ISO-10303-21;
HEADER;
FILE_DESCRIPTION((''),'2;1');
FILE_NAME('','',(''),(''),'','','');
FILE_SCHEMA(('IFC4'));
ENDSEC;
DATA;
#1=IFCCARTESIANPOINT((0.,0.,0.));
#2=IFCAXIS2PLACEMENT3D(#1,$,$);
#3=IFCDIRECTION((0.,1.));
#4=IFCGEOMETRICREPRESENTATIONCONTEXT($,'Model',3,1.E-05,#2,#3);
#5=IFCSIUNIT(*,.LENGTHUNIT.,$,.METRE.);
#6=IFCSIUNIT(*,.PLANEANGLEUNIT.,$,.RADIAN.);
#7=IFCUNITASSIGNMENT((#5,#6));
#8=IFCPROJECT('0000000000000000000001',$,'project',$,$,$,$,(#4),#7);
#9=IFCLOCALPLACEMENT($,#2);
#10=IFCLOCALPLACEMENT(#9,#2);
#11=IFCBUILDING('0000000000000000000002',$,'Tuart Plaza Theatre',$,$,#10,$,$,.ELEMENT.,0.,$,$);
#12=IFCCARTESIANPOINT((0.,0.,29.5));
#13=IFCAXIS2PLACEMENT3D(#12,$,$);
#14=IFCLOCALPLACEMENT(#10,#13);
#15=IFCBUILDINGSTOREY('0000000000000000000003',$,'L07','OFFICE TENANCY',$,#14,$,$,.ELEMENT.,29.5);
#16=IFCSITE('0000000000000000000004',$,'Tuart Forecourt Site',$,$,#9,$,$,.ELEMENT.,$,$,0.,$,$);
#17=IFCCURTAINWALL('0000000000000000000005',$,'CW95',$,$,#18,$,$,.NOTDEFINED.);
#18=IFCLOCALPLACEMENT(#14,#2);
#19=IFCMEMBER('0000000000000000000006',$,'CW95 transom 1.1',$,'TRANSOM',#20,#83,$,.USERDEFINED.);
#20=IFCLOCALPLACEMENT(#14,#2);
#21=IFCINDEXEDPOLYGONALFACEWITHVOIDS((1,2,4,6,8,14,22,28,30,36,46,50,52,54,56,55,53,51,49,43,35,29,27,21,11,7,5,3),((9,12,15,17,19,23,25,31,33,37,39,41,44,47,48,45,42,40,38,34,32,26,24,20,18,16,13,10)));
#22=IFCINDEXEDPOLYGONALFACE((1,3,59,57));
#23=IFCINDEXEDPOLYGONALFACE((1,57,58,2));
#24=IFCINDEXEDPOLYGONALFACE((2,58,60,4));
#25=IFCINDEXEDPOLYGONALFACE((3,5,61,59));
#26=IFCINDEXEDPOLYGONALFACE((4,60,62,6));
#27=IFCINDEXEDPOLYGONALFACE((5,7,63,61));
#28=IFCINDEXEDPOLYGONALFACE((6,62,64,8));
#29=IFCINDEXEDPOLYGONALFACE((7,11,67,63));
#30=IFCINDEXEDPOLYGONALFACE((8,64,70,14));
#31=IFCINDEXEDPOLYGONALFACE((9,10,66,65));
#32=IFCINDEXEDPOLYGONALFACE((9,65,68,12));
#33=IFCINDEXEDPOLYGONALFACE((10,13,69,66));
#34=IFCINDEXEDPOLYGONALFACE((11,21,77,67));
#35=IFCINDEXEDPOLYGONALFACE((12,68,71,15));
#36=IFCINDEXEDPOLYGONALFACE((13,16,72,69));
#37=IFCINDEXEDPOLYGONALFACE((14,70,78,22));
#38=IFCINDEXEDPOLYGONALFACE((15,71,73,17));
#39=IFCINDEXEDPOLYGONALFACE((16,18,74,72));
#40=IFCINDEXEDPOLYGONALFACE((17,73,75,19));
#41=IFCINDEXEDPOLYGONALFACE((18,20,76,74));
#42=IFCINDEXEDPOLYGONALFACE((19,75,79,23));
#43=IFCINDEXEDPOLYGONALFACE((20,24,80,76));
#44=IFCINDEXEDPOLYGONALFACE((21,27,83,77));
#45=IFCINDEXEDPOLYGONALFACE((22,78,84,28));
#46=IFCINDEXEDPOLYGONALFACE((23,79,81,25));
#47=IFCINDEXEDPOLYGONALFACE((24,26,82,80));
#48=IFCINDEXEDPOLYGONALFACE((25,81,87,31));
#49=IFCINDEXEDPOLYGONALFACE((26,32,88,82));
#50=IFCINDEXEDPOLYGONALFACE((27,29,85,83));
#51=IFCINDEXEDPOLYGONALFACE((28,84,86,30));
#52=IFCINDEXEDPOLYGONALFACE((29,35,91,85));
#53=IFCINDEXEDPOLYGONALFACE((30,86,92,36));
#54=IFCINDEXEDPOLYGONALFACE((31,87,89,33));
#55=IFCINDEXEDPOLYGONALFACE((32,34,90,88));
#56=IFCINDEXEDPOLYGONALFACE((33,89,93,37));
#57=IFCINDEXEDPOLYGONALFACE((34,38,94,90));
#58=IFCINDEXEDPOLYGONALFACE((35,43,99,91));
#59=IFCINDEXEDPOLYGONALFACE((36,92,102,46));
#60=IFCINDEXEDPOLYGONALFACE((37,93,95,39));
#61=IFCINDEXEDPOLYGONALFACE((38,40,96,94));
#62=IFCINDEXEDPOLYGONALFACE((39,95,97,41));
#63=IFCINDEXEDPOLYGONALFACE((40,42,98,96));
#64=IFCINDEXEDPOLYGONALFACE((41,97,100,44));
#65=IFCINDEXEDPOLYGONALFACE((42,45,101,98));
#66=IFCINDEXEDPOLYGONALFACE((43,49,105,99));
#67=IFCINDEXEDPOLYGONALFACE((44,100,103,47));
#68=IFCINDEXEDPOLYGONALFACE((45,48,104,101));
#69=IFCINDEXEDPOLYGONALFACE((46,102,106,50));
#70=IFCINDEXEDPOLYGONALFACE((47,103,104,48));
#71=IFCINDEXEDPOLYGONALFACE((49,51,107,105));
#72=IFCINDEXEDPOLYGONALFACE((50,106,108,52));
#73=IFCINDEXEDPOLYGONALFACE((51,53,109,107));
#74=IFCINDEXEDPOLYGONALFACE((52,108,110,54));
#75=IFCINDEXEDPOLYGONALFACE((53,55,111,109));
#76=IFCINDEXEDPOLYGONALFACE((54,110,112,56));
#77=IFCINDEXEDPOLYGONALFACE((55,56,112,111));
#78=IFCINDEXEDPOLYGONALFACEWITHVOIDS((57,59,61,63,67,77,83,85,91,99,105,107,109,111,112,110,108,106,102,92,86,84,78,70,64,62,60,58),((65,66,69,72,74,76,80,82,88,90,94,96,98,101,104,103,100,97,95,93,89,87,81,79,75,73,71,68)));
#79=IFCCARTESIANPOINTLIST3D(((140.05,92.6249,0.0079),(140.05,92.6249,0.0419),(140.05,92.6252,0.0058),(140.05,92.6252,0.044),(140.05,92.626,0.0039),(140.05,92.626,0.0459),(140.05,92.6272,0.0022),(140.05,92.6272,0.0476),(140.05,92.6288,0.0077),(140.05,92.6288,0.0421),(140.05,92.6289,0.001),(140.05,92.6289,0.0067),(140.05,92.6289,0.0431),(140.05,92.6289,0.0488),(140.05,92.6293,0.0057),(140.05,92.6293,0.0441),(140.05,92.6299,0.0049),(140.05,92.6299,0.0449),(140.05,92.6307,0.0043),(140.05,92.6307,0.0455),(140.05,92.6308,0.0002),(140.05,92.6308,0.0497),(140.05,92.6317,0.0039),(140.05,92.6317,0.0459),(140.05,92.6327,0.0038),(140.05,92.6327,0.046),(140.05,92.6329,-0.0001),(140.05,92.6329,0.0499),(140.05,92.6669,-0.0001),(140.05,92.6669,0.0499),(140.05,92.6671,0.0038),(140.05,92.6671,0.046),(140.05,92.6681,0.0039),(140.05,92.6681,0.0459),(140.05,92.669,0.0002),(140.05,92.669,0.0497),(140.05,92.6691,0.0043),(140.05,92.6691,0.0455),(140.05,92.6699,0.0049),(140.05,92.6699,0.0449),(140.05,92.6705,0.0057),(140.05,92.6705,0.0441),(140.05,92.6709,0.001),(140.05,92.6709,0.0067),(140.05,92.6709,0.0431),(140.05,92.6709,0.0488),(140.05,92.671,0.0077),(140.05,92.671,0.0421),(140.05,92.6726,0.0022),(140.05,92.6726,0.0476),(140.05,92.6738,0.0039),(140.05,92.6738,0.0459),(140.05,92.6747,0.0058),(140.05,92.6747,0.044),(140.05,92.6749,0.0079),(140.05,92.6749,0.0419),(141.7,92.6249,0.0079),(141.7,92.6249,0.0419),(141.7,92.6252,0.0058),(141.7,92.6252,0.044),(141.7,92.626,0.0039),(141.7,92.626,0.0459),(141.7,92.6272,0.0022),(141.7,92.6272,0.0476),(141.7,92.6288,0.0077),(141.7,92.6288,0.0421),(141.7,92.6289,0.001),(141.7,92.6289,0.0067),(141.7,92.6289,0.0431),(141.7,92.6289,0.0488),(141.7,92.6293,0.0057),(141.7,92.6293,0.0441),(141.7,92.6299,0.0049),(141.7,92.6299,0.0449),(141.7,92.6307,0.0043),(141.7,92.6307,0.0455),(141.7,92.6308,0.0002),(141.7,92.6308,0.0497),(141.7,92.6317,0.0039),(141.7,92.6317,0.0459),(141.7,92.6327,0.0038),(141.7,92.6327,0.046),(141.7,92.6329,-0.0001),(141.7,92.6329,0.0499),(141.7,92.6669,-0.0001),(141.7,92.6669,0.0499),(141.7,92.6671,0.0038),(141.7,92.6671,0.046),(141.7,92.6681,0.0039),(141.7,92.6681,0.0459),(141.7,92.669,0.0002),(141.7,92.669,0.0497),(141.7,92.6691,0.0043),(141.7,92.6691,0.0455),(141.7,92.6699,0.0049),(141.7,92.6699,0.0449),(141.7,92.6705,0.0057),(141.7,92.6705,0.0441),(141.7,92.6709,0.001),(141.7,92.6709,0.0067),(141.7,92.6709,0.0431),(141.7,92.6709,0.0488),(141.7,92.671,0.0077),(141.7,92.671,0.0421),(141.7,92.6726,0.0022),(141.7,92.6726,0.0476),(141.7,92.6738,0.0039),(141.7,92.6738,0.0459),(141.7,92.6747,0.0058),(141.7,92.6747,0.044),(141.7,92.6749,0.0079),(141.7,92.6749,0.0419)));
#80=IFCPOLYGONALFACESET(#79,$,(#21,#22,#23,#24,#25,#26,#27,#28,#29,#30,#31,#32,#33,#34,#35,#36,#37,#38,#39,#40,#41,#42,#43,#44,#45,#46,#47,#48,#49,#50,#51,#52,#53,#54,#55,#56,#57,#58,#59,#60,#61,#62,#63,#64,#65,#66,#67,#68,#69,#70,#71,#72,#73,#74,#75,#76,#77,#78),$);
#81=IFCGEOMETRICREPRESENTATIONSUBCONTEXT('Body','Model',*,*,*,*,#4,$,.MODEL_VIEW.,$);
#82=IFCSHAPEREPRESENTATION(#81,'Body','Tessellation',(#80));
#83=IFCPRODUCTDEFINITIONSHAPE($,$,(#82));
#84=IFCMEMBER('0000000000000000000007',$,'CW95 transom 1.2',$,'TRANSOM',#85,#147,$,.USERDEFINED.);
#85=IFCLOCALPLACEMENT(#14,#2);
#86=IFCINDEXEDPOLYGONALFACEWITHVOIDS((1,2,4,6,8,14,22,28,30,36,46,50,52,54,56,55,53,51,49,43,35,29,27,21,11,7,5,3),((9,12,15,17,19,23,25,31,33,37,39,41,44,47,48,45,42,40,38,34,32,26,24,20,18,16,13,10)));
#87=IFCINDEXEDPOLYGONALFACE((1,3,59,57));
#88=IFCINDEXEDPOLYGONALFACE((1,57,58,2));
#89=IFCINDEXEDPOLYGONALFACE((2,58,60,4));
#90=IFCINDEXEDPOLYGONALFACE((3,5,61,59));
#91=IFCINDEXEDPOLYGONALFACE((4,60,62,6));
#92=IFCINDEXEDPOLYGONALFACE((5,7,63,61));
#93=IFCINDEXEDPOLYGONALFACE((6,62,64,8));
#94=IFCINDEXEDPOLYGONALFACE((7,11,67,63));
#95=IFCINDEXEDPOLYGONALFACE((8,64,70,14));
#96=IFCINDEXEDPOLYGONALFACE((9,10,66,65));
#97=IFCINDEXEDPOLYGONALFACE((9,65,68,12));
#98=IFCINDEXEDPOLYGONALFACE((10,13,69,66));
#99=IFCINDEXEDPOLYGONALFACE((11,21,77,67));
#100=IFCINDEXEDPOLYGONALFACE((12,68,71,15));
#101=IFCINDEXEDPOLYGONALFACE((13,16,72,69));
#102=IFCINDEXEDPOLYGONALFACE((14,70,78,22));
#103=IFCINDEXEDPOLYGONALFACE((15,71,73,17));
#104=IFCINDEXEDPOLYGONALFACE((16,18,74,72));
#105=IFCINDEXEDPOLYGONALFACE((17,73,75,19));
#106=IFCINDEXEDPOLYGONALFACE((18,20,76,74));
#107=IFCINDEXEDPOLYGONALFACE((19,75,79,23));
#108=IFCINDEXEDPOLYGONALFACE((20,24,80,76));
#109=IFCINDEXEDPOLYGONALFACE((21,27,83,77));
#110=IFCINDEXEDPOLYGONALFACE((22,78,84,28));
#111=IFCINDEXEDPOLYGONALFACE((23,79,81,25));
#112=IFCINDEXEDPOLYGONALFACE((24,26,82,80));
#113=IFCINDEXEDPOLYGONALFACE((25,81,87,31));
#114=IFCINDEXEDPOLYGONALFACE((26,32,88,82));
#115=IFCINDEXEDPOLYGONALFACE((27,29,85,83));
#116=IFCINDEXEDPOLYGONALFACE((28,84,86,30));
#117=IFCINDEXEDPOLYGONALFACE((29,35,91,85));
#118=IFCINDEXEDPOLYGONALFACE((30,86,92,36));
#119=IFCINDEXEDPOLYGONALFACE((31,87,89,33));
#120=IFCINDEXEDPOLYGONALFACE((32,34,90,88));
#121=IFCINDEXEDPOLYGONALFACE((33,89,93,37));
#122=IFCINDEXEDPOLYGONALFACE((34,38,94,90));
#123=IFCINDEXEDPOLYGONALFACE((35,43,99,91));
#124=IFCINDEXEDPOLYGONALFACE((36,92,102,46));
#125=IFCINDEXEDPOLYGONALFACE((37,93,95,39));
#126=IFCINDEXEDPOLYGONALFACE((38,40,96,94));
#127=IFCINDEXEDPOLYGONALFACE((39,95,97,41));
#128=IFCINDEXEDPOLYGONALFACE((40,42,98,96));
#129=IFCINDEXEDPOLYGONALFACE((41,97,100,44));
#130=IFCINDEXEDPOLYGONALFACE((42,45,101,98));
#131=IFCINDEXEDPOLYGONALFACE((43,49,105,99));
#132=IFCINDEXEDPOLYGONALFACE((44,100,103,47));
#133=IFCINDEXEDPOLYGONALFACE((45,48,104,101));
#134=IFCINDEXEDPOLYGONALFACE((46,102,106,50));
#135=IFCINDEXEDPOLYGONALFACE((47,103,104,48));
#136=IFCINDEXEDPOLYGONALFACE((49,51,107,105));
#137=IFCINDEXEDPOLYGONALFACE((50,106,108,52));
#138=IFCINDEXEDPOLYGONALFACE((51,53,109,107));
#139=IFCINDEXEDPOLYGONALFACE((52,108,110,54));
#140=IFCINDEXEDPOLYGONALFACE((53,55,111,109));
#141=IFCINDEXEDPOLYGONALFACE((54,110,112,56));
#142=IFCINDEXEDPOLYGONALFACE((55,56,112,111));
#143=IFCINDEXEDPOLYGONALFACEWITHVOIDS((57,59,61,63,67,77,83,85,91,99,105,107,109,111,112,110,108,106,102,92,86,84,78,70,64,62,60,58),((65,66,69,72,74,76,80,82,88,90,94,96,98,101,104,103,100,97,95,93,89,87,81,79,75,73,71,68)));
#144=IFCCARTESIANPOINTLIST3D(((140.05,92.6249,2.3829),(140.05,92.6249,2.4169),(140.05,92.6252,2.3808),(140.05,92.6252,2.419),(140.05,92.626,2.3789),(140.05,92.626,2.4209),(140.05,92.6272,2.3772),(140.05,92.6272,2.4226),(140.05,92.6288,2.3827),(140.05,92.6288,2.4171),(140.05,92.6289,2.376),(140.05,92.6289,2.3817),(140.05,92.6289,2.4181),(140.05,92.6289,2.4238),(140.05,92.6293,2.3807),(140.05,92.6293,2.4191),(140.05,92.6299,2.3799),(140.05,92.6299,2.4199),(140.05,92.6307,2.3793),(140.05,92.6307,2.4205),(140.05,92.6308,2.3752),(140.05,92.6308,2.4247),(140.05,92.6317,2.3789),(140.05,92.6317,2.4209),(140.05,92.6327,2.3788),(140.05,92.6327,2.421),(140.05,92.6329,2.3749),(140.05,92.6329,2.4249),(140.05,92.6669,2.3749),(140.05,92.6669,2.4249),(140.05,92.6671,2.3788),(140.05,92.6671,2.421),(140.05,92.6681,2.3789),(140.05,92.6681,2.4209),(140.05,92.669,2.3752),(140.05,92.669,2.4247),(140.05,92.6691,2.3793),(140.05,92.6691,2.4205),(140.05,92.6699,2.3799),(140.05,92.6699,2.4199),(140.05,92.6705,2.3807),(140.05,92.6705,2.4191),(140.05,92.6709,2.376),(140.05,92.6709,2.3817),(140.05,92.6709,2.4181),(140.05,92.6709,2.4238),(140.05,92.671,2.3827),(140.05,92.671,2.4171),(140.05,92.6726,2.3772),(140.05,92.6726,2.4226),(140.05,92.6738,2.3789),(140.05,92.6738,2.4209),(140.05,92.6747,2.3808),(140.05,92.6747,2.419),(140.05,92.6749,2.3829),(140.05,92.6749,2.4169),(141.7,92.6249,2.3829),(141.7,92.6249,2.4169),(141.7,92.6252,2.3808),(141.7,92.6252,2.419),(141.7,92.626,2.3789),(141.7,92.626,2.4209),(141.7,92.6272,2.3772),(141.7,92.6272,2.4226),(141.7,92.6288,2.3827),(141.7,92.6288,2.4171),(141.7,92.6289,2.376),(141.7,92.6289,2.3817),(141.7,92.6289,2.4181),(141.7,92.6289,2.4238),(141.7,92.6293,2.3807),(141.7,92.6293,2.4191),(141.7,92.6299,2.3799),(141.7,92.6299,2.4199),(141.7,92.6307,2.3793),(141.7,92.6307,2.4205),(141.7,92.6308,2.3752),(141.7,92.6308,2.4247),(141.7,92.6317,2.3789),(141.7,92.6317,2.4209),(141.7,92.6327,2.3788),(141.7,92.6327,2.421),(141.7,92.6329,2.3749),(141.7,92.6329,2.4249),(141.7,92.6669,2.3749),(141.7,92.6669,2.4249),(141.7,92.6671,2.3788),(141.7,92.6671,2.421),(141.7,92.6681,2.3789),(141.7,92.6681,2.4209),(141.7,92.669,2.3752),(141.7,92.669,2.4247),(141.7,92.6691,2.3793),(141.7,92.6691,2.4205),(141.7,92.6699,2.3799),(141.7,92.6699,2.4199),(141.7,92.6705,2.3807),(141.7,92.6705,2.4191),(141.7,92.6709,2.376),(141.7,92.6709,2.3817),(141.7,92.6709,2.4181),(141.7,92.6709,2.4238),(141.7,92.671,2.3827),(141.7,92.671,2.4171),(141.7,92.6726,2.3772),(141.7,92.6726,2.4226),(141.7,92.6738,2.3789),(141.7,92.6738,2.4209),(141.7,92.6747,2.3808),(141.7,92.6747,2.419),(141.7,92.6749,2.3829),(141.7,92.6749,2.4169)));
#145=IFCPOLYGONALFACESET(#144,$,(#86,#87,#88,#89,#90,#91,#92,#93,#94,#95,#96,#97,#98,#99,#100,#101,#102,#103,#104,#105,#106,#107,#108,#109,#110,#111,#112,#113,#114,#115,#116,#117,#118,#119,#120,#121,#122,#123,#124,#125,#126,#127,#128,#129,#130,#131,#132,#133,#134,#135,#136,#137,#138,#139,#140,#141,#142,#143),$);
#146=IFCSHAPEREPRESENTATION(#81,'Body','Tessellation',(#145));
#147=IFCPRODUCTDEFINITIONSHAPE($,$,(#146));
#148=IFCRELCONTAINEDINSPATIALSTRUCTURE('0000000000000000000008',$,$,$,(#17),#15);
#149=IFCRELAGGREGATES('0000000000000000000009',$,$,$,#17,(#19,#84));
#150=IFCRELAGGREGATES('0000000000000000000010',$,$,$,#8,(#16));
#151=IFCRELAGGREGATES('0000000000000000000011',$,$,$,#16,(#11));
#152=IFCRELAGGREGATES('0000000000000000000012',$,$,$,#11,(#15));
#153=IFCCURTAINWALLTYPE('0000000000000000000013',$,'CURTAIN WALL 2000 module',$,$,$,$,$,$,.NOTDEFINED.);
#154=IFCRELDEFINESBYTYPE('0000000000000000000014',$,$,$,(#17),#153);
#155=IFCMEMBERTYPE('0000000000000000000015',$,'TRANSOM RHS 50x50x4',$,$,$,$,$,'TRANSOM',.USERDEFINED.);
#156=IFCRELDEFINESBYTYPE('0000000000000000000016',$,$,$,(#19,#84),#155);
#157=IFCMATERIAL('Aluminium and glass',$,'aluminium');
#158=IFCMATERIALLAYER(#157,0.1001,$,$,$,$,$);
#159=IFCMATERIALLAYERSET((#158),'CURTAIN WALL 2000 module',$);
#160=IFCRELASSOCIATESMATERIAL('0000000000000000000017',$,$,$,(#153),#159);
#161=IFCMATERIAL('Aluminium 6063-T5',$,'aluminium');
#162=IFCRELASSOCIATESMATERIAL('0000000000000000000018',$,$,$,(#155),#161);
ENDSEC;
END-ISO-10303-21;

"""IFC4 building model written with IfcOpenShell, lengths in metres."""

from ifc_helpers import new_model, si_unit, direction, frame, origin, origin_2d, place, context, subcontext, project, spatial, hollow_rectangle, extrude, material, layer, layer_set, material_profile, profile_set, type_object, element, aggregate, save


model = new_model("IFC4")

# Units and contexts
model_context = context("Model", 3, precision=1e-05, world=origin(), true_north=direction((0.0, 1.0)))
body_context = subcontext(model_context, "Body", "Model", "MODEL_VIEW")
ifc_project = project(units=[si_unit("LENGTHUNIT", "METRE"), si_unit("PLANEANGLEUNIT", "RADIAN")], contexts=[model_context])

# Site, building, storey
site_placement = place(None, origin())
site = spatial("IfcSite", under=ifc_project, at=site_placement, Name="Tuart Forecourt Site", CompositionType="ELEMENT", RefElevation=0.0)
building_placement = place(site_placement, origin())
building = spatial("IfcBuilding", under=site, at=building_placement, Name="Tuart Plaza Theatre", CompositionType="ELEMENT", ElevationOfRefHeight=0.0)
storey_placement = place(building_placement, frame((0.0, 0.0, 29.5)))
storey = spatial("IfcBuildingStorey", under=building, at=storey_placement, Name="L07", Description="OFFICE TENANCY", CompositionType="ELEMENT", Elevation=29.5)

# Shared definitions
ifc_material_1 = material(Name="Aluminium and glass", Category="aluminium")
ifc_layer_1 = layer(ifc_material_1, 0.1001)
ifc_layer_set_1 = layer_set([ifc_layer_1], Name="CURTAIN WALL 2000 module")
curtain_wall_type = type_object("IfcCurtainWallType", Name="CURTAIN WALL 2000 module", PredefinedType="NOTDEFINED", material=ifc_layer_set_1)

# Curtain wall
curtain_wall_1_placement = place(storey_placement, origin())
curtain_wall_1 = element("IfcCurtainWall", 1, at=curtain_wall_1_placement, inside=storey, type_object=curtain_wall_type, Name="CW95", PredefinedType="NOTDEFINED")

# Members
ifc_material_2 = material(Name="Aluminium 6063-T5", Category="aluminium")
ifc_material_profile_1 = material_profile(ifc_material_2, hollow_rectangle(XDim=0.05, YDim=0.05, WallThickness=0.0039, InnerFilletRadius=0.0039, OuterFilletRadius=0.0081, at=origin_2d()), Name="RHS 50x50x4")
ifc_profile_set_1 = profile_set([ifc_material_profile_1], Name="Aluminium 6063-T5")
member_type_1 = type_object("IfcMemberType", Name="TRANSOM RHS 50x50x4", ElementType="TRANSOM", PredefinedType="USERDEFINED", material=ifc_profile_set_1)
member_1_placement = place(storey_placement, frame((141.7, 92.6499, 0.0249), z_axis=(-1.0, 0.0, 0.0), x_axis=(0.0, -1.0, 0.0)))
member_1 = element("IfcMember", 2, at=member_1_placement, type_object=member_type_1, Name="CW95 transom 1.1", ObjectType="TRANSOM", PredefinedType="USERDEFINED", context=body_context, shape_type="SweptSolid", body=[
    extrude(hollow_rectangle(XDim=0.05, YDim=0.05, WallThickness=0.0039, InnerFilletRadius=0.0039, OuterFilletRadius=0.0081, at=origin_2d()), origin(), (0.0, 0.0, 1.0), 1.6499),
])
member_2_placement = place(storey_placement, frame((141.7, 92.6499, 2.3999), z_axis=(-1.0, 0.0, 0.0), x_axis=(0.0, -1.0, 0.0)))
member_2 = element("IfcMember", 3, at=member_2_placement, type_object=member_type_1, Name="CW95 transom 1.2", ObjectType="TRANSOM", PredefinedType="USERDEFINED", context=body_context, shape_type="SweptSolid", body=[
    extrude(hollow_rectangle(XDim=0.05, YDim=0.05, WallThickness=0.0039, InnerFilletRadius=0.0039, OuterFilletRadius=0.0081, at=origin_2d()), origin(), (0.0, 0.0, 1.0), 1.6499),
])
aggregate(curtain_wall_1, [member_1, member_2])

save(model, "model.ifc")
